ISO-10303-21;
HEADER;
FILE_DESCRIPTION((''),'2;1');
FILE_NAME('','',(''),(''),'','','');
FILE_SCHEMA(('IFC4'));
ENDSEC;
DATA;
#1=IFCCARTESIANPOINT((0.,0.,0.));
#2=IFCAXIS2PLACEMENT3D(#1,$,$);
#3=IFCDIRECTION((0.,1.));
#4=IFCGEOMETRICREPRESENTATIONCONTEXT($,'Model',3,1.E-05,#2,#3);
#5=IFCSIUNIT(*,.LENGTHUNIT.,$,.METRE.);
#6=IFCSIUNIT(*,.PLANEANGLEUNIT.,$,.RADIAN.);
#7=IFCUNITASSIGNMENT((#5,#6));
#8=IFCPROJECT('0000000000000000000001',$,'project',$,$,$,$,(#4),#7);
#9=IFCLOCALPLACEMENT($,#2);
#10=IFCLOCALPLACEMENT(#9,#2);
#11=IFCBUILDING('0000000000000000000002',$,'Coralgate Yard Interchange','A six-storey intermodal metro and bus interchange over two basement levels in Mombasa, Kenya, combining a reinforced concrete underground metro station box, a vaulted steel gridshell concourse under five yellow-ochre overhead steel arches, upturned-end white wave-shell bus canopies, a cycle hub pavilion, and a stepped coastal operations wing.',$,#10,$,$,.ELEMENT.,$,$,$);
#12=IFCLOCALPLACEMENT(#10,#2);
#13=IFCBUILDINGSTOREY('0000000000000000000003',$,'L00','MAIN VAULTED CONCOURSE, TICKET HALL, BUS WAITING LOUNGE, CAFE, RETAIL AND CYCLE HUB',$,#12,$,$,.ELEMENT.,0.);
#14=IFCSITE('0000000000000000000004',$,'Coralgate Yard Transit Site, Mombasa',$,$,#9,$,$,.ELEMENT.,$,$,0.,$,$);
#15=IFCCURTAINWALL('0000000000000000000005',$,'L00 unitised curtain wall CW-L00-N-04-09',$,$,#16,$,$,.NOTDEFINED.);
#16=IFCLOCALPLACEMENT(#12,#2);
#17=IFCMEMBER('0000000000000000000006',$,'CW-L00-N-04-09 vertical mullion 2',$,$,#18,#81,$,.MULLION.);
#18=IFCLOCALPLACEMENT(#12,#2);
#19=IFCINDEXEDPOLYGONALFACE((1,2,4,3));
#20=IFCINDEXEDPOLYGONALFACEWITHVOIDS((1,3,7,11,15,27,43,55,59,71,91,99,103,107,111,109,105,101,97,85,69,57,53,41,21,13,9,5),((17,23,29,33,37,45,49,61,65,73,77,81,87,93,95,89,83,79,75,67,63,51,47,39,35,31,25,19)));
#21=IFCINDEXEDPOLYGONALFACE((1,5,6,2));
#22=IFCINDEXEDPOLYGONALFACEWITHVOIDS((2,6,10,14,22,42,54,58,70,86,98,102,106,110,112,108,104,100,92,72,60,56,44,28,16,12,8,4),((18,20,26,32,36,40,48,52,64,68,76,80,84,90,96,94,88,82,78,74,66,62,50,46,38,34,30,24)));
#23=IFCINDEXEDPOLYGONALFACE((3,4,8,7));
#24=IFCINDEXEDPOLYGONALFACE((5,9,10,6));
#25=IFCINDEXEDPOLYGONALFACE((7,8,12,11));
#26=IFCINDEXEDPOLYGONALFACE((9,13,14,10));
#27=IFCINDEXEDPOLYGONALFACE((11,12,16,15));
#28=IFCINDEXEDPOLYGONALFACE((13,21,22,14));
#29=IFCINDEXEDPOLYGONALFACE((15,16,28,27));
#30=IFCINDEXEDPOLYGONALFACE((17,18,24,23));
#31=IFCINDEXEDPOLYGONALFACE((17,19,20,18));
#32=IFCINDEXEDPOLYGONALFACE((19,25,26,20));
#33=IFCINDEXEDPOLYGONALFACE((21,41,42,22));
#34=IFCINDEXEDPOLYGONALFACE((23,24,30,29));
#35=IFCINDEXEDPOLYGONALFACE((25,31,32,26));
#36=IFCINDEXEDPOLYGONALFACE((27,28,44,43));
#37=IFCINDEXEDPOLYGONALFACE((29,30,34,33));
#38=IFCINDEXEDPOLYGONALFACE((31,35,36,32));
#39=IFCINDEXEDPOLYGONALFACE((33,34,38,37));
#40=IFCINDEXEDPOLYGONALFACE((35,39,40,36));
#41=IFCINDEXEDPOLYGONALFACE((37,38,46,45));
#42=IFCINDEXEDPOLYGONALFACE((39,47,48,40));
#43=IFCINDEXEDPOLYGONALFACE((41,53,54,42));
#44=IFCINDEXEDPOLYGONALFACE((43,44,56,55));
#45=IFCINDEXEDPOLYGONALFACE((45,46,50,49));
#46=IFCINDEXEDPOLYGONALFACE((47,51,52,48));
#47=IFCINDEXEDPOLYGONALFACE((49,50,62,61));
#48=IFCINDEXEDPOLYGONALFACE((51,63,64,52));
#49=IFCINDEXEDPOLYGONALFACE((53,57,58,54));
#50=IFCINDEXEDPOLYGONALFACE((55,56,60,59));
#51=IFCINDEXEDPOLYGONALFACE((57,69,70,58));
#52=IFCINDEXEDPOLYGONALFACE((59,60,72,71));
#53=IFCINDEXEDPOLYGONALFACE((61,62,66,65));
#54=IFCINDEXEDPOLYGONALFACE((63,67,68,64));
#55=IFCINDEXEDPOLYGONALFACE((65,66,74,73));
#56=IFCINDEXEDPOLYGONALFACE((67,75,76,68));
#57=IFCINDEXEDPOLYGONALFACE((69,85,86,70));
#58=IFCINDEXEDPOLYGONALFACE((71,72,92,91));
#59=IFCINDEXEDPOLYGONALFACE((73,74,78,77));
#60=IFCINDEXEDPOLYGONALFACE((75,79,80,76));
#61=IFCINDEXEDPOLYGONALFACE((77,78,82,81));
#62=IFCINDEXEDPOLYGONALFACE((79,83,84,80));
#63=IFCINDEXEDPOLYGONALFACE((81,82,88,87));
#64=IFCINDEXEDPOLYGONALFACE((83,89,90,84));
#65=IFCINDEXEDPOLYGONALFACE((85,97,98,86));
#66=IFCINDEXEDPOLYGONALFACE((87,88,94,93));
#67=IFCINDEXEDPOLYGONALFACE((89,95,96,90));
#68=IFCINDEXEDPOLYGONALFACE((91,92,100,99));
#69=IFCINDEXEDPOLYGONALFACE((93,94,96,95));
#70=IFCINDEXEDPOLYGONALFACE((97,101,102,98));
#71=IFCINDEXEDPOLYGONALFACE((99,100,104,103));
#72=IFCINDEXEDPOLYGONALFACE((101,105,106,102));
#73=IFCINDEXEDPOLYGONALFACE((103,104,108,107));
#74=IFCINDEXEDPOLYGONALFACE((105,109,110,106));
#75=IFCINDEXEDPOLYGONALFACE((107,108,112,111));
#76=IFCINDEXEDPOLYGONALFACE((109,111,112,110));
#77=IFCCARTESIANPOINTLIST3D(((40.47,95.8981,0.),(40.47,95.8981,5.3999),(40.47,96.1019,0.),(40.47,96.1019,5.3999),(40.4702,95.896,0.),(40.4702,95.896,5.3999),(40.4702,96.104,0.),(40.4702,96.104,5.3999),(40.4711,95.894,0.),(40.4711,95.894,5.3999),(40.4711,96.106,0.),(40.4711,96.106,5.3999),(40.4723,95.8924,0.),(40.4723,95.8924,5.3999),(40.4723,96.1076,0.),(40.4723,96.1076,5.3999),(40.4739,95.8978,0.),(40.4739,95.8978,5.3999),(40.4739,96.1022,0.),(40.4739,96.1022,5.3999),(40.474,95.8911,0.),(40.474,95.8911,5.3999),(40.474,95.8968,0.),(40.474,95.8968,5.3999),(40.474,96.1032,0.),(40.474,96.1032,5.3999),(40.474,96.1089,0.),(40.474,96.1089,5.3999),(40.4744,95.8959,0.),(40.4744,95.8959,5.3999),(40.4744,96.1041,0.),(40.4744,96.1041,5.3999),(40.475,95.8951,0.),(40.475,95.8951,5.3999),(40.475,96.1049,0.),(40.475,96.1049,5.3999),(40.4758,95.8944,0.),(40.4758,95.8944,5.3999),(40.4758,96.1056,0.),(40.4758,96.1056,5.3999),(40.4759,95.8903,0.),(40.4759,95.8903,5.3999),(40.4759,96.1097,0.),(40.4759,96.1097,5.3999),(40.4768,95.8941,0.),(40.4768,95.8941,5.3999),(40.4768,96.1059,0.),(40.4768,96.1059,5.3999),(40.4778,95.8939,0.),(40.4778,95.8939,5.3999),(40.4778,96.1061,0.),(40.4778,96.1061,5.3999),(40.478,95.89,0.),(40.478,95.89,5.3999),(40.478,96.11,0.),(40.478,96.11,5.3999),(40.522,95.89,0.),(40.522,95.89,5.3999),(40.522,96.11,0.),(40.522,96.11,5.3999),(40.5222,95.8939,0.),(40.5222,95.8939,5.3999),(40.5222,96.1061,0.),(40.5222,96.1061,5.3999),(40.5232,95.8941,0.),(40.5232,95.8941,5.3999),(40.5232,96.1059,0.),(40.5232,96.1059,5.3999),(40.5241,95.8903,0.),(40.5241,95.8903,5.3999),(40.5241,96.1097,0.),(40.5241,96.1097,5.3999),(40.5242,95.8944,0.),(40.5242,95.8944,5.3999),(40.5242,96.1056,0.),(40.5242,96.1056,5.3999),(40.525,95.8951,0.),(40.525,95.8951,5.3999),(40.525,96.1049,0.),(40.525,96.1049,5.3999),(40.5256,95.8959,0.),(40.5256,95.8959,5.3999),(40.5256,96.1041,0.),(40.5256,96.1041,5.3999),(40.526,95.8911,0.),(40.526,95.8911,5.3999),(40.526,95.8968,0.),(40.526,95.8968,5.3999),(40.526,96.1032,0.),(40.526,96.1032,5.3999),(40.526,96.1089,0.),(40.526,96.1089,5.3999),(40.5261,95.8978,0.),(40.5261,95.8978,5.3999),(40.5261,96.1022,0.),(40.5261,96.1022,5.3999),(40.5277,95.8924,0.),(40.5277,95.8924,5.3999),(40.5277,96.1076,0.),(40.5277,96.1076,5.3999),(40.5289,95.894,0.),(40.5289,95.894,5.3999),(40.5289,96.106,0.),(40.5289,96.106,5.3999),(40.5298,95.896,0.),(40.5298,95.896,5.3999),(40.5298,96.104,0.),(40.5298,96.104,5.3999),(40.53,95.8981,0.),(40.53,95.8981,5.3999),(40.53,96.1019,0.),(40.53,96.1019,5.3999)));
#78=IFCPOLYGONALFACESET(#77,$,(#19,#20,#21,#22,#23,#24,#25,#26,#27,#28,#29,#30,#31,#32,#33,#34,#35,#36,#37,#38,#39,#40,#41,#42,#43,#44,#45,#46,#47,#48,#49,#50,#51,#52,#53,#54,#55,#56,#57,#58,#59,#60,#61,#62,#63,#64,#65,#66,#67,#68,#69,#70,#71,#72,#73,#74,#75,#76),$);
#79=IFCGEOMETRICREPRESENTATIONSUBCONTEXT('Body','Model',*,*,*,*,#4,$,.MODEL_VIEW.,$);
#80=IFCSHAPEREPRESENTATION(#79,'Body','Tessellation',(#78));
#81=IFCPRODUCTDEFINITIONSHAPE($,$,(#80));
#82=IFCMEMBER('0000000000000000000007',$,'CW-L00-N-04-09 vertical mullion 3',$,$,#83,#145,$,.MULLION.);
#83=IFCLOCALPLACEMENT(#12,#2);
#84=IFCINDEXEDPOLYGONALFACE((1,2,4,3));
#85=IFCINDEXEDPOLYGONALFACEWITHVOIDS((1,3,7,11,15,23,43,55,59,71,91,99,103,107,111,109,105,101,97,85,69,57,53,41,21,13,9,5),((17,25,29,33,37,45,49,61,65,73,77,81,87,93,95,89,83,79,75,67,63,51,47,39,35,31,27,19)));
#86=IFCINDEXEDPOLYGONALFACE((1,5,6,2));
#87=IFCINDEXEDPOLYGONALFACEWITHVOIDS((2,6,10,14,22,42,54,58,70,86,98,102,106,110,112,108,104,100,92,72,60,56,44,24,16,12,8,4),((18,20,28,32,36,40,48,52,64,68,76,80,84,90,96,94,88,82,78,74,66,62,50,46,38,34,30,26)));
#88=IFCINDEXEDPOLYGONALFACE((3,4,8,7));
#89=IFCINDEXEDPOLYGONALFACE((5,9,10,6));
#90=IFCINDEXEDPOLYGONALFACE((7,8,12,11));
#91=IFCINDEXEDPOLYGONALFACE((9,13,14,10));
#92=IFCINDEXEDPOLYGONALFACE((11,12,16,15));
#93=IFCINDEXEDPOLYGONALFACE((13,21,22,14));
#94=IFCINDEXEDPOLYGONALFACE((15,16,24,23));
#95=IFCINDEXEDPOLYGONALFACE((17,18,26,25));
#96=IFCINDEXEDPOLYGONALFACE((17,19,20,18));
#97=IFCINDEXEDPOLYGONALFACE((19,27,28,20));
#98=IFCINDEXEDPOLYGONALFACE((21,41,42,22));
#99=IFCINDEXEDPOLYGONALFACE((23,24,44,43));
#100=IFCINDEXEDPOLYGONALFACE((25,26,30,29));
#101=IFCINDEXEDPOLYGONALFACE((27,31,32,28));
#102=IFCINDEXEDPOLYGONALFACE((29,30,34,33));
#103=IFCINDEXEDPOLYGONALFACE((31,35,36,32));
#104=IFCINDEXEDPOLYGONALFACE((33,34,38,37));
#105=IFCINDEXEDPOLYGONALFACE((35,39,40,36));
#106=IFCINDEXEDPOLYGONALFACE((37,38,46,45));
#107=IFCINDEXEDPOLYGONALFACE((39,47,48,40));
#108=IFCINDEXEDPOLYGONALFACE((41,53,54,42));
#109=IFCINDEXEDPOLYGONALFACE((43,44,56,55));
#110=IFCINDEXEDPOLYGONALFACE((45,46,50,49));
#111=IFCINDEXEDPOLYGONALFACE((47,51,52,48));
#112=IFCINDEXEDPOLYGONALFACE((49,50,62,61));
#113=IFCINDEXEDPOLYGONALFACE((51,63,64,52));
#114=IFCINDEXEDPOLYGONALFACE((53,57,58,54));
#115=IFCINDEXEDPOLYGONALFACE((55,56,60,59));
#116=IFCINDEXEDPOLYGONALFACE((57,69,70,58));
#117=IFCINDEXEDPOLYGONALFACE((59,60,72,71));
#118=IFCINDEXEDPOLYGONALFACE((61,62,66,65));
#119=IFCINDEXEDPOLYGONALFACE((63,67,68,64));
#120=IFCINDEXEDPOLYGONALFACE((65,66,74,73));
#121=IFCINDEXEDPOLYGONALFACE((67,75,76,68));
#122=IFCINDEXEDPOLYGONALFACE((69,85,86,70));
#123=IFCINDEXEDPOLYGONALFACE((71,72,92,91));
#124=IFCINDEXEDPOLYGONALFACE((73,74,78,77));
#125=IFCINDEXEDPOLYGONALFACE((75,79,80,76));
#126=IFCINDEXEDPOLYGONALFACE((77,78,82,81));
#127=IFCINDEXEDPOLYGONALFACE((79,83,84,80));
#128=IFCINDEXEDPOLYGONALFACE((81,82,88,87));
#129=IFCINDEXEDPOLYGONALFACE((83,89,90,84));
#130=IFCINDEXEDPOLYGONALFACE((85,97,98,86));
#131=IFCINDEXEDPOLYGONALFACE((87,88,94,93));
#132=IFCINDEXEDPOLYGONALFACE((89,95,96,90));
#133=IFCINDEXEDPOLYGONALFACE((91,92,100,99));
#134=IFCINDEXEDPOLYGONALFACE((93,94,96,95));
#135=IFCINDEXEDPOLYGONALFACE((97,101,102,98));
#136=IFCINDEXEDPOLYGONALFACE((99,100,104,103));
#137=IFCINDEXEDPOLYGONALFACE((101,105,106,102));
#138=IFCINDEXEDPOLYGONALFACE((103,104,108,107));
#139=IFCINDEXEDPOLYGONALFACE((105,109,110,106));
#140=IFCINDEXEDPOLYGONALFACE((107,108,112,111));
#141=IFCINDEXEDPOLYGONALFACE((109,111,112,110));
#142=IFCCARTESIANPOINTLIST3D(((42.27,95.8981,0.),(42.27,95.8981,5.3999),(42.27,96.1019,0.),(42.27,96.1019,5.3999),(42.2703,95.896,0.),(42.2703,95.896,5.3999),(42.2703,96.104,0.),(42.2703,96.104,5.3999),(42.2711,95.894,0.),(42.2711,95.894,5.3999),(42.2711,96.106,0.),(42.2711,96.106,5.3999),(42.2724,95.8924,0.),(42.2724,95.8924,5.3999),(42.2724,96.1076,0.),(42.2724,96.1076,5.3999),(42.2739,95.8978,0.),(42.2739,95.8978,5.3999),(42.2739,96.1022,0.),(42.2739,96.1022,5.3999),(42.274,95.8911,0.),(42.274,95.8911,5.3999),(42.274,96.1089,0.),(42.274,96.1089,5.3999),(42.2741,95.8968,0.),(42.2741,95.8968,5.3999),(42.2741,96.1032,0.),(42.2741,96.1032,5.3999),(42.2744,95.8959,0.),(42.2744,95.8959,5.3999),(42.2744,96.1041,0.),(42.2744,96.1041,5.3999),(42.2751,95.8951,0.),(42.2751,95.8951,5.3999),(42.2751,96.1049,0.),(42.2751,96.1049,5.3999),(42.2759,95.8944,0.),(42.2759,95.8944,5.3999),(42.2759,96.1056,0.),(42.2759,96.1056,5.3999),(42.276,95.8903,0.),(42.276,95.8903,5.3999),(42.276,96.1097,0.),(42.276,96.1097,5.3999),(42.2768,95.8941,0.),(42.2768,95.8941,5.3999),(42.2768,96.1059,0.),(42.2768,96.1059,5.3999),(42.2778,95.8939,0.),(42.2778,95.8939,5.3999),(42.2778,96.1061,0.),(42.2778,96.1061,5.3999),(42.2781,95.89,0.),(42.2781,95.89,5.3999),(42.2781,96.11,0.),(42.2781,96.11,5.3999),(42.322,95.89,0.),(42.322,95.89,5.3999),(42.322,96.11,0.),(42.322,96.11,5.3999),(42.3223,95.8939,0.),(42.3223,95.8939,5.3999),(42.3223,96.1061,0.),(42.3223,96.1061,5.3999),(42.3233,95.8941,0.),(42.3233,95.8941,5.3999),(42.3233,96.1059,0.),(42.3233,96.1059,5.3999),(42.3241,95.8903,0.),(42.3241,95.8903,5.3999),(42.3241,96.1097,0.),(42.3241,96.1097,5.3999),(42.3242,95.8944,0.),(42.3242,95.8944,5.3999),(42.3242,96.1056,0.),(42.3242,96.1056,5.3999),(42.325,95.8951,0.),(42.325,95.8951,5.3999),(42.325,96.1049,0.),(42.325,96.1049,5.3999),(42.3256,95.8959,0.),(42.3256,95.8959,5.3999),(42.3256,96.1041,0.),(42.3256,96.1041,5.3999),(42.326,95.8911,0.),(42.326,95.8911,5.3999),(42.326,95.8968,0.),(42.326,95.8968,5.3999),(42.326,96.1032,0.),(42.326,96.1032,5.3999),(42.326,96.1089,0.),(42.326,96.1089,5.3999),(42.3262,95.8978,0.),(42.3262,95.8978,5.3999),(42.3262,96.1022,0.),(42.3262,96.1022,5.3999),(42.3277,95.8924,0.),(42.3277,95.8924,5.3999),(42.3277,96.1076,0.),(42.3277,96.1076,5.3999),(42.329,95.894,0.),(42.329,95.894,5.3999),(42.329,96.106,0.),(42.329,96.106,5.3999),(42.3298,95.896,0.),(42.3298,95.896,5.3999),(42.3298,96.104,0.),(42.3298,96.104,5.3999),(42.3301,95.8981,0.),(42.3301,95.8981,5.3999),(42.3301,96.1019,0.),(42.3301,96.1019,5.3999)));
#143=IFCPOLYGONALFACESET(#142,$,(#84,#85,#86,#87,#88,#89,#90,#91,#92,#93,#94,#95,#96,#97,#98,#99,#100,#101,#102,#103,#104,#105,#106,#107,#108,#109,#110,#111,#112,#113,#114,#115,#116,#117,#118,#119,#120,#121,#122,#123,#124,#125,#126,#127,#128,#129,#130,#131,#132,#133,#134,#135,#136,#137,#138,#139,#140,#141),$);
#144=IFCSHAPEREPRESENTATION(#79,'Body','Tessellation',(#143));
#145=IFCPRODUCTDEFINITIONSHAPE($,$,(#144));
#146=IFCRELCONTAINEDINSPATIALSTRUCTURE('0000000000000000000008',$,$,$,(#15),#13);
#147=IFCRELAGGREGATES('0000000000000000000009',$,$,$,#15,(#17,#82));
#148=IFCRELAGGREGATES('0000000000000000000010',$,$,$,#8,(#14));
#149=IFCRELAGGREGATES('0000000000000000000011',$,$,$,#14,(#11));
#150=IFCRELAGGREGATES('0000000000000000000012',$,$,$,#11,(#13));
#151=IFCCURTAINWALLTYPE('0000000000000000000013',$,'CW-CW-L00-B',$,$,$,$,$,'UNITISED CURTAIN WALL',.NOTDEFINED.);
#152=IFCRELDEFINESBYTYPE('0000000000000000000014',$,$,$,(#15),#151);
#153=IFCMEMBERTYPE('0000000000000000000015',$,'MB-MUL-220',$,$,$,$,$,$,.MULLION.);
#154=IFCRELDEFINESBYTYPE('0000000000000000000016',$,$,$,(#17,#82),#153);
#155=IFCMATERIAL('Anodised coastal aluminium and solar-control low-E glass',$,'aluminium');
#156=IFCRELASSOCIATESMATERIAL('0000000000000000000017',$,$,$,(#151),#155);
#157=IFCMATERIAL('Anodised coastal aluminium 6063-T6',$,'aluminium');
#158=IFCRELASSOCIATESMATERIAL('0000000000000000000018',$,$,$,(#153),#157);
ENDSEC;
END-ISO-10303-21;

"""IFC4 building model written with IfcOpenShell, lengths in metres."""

from ifc_helpers import new_model, si_unit, direction, frame, origin, origin_2d, place, context, subcontext, project, spatial, hollow_rectangle, extrude, material, material_profile, profile_set, type_object, element, aggregate, save


model = new_model("IFC4")

# Units and contexts
model_context = context("Model", 3, precision=1e-05, world=origin(), true_north=direction((0.0, 1.0)))
body_context = subcontext(model_context, "Body", "Model", "MODEL_VIEW")
ifc_project = project(units=[si_unit("LENGTHUNIT", "METRE"), si_unit("PLANEANGLEUNIT", "RADIAN")], contexts=[model_context])

# Site, building, storey
site_placement = place(None, origin())
site = spatial("IfcSite", under=ifc_project, at=site_placement, Name="Coralgate Yard Transit Site, Mombasa", CompositionType="ELEMENT", RefElevation=0.0)
building_placement = place(site_placement, origin())
building = spatial("IfcBuilding", under=site, at=building_placement, Name="Coralgate Yard Interchange", Description="A six-storey intermodal metro and bus interchange over two basement levels in Mombasa, Kenya, combining a reinforced concrete underground metro station box, a vaulted steel gridshell concourse under five yellow-ochre overhead steel arches, upturned-end white wave-shell bus canopies, a cycle hub pavilion, and a stepped coastal operations wing.", CompositionType="ELEMENT")
storey_placement = place(building_placement, origin())
storey = spatial("IfcBuildingStorey", under=building, at=storey_placement, Name="L00", Description="MAIN VAULTED CONCOURSE, TICKET HALL, BUS WAITING LOUNGE, CAFE, RETAIL AND CYCLE HUB", CompositionType="ELEMENT", Elevation=0.0)

# Curtain wall, members
ifc_material_1 = material(Name="Anodised coastal aluminium and solar-control low-E glass", Category="aluminium")
curtain_wall_type = type_object("IfcCurtainWallType", Name="CW-CW-L00-B", ElementType="UNITISED CURTAIN WALL", PredefinedType="NOTDEFINED", material=ifc_material_1)
curtain_wall_placement = place(storey_placement, origin())
curtain_wall = element("IfcCurtainWall", 1, at=curtain_wall_placement, inside=storey, type_object=curtain_wall_type, Name="L00 unitised curtain wall CW-L00-N-04-09", PredefinedType="NOTDEFINED")
ifc_material_2 = material(Name="Anodised coastal aluminium 6063-T6", Category="aluminium")
ifc_material_profile_1 = material_profile(ifc_material_2, hollow_rectangle(XDim=0.0601, YDim=0.22, WallThickness=0.0039, InnerFilletRadius=0.0039, OuterFilletRadius=0.0081, at=origin_2d()), Name="ALU 60x220x4")
ifc_profile_set_1 = profile_set([ifc_material_profile_1], Name="Anodised coastal aluminium 6063-T6")
member_type_1 = type_object("IfcMemberType", Name="MB-MUL-220", PredefinedType="MULLION", material=ifc_profile_set_1)
member_1_placement = place(storey_placement, frame((40.5, 96.0, 0.0), z_axis=(0.0, 0.0, 1.0), x_axis=(1.0, 0.0, 0.0)))
member_1 = element("IfcMember", 2, at=member_1_placement, type_object=member_type_1, Name="CW-L00-N-04-09 vertical mullion 2", PredefinedType="MULLION", context=body_context, shape_type="SweptSolid", body=[
    extrude(hollow_rectangle(XDim=0.0601, YDim=0.22, WallThickness=0.0039, InnerFilletRadius=0.0039, OuterFilletRadius=0.0081, at=origin_2d()), origin(), (0.0, 0.0, 1.0), 5.3999),
])
member_2_placement = place(storey_placement, frame((42.3, 96.0, 0.0), z_axis=(0.0, 0.0, 1.0), x_axis=(1.0, 0.0, 0.0)))
member_2 = element("IfcMember", 3, at=member_2_placement, type_object=member_type_1, Name="CW-L00-N-04-09 vertical mullion 3", PredefinedType="MULLION", context=body_context, shape_type="SweptSolid", body=[
    extrude(hollow_rectangle(XDim=0.0601, YDim=0.22, WallThickness=0.0039, InnerFilletRadius=0.0039, OuterFilletRadius=0.0081, at=origin_2d()), origin(), (0.0, 0.0, 1.0), 5.3999),
])
aggregate(curtain_wall, [member_1, member_2])

save(model, "model.ifc")
